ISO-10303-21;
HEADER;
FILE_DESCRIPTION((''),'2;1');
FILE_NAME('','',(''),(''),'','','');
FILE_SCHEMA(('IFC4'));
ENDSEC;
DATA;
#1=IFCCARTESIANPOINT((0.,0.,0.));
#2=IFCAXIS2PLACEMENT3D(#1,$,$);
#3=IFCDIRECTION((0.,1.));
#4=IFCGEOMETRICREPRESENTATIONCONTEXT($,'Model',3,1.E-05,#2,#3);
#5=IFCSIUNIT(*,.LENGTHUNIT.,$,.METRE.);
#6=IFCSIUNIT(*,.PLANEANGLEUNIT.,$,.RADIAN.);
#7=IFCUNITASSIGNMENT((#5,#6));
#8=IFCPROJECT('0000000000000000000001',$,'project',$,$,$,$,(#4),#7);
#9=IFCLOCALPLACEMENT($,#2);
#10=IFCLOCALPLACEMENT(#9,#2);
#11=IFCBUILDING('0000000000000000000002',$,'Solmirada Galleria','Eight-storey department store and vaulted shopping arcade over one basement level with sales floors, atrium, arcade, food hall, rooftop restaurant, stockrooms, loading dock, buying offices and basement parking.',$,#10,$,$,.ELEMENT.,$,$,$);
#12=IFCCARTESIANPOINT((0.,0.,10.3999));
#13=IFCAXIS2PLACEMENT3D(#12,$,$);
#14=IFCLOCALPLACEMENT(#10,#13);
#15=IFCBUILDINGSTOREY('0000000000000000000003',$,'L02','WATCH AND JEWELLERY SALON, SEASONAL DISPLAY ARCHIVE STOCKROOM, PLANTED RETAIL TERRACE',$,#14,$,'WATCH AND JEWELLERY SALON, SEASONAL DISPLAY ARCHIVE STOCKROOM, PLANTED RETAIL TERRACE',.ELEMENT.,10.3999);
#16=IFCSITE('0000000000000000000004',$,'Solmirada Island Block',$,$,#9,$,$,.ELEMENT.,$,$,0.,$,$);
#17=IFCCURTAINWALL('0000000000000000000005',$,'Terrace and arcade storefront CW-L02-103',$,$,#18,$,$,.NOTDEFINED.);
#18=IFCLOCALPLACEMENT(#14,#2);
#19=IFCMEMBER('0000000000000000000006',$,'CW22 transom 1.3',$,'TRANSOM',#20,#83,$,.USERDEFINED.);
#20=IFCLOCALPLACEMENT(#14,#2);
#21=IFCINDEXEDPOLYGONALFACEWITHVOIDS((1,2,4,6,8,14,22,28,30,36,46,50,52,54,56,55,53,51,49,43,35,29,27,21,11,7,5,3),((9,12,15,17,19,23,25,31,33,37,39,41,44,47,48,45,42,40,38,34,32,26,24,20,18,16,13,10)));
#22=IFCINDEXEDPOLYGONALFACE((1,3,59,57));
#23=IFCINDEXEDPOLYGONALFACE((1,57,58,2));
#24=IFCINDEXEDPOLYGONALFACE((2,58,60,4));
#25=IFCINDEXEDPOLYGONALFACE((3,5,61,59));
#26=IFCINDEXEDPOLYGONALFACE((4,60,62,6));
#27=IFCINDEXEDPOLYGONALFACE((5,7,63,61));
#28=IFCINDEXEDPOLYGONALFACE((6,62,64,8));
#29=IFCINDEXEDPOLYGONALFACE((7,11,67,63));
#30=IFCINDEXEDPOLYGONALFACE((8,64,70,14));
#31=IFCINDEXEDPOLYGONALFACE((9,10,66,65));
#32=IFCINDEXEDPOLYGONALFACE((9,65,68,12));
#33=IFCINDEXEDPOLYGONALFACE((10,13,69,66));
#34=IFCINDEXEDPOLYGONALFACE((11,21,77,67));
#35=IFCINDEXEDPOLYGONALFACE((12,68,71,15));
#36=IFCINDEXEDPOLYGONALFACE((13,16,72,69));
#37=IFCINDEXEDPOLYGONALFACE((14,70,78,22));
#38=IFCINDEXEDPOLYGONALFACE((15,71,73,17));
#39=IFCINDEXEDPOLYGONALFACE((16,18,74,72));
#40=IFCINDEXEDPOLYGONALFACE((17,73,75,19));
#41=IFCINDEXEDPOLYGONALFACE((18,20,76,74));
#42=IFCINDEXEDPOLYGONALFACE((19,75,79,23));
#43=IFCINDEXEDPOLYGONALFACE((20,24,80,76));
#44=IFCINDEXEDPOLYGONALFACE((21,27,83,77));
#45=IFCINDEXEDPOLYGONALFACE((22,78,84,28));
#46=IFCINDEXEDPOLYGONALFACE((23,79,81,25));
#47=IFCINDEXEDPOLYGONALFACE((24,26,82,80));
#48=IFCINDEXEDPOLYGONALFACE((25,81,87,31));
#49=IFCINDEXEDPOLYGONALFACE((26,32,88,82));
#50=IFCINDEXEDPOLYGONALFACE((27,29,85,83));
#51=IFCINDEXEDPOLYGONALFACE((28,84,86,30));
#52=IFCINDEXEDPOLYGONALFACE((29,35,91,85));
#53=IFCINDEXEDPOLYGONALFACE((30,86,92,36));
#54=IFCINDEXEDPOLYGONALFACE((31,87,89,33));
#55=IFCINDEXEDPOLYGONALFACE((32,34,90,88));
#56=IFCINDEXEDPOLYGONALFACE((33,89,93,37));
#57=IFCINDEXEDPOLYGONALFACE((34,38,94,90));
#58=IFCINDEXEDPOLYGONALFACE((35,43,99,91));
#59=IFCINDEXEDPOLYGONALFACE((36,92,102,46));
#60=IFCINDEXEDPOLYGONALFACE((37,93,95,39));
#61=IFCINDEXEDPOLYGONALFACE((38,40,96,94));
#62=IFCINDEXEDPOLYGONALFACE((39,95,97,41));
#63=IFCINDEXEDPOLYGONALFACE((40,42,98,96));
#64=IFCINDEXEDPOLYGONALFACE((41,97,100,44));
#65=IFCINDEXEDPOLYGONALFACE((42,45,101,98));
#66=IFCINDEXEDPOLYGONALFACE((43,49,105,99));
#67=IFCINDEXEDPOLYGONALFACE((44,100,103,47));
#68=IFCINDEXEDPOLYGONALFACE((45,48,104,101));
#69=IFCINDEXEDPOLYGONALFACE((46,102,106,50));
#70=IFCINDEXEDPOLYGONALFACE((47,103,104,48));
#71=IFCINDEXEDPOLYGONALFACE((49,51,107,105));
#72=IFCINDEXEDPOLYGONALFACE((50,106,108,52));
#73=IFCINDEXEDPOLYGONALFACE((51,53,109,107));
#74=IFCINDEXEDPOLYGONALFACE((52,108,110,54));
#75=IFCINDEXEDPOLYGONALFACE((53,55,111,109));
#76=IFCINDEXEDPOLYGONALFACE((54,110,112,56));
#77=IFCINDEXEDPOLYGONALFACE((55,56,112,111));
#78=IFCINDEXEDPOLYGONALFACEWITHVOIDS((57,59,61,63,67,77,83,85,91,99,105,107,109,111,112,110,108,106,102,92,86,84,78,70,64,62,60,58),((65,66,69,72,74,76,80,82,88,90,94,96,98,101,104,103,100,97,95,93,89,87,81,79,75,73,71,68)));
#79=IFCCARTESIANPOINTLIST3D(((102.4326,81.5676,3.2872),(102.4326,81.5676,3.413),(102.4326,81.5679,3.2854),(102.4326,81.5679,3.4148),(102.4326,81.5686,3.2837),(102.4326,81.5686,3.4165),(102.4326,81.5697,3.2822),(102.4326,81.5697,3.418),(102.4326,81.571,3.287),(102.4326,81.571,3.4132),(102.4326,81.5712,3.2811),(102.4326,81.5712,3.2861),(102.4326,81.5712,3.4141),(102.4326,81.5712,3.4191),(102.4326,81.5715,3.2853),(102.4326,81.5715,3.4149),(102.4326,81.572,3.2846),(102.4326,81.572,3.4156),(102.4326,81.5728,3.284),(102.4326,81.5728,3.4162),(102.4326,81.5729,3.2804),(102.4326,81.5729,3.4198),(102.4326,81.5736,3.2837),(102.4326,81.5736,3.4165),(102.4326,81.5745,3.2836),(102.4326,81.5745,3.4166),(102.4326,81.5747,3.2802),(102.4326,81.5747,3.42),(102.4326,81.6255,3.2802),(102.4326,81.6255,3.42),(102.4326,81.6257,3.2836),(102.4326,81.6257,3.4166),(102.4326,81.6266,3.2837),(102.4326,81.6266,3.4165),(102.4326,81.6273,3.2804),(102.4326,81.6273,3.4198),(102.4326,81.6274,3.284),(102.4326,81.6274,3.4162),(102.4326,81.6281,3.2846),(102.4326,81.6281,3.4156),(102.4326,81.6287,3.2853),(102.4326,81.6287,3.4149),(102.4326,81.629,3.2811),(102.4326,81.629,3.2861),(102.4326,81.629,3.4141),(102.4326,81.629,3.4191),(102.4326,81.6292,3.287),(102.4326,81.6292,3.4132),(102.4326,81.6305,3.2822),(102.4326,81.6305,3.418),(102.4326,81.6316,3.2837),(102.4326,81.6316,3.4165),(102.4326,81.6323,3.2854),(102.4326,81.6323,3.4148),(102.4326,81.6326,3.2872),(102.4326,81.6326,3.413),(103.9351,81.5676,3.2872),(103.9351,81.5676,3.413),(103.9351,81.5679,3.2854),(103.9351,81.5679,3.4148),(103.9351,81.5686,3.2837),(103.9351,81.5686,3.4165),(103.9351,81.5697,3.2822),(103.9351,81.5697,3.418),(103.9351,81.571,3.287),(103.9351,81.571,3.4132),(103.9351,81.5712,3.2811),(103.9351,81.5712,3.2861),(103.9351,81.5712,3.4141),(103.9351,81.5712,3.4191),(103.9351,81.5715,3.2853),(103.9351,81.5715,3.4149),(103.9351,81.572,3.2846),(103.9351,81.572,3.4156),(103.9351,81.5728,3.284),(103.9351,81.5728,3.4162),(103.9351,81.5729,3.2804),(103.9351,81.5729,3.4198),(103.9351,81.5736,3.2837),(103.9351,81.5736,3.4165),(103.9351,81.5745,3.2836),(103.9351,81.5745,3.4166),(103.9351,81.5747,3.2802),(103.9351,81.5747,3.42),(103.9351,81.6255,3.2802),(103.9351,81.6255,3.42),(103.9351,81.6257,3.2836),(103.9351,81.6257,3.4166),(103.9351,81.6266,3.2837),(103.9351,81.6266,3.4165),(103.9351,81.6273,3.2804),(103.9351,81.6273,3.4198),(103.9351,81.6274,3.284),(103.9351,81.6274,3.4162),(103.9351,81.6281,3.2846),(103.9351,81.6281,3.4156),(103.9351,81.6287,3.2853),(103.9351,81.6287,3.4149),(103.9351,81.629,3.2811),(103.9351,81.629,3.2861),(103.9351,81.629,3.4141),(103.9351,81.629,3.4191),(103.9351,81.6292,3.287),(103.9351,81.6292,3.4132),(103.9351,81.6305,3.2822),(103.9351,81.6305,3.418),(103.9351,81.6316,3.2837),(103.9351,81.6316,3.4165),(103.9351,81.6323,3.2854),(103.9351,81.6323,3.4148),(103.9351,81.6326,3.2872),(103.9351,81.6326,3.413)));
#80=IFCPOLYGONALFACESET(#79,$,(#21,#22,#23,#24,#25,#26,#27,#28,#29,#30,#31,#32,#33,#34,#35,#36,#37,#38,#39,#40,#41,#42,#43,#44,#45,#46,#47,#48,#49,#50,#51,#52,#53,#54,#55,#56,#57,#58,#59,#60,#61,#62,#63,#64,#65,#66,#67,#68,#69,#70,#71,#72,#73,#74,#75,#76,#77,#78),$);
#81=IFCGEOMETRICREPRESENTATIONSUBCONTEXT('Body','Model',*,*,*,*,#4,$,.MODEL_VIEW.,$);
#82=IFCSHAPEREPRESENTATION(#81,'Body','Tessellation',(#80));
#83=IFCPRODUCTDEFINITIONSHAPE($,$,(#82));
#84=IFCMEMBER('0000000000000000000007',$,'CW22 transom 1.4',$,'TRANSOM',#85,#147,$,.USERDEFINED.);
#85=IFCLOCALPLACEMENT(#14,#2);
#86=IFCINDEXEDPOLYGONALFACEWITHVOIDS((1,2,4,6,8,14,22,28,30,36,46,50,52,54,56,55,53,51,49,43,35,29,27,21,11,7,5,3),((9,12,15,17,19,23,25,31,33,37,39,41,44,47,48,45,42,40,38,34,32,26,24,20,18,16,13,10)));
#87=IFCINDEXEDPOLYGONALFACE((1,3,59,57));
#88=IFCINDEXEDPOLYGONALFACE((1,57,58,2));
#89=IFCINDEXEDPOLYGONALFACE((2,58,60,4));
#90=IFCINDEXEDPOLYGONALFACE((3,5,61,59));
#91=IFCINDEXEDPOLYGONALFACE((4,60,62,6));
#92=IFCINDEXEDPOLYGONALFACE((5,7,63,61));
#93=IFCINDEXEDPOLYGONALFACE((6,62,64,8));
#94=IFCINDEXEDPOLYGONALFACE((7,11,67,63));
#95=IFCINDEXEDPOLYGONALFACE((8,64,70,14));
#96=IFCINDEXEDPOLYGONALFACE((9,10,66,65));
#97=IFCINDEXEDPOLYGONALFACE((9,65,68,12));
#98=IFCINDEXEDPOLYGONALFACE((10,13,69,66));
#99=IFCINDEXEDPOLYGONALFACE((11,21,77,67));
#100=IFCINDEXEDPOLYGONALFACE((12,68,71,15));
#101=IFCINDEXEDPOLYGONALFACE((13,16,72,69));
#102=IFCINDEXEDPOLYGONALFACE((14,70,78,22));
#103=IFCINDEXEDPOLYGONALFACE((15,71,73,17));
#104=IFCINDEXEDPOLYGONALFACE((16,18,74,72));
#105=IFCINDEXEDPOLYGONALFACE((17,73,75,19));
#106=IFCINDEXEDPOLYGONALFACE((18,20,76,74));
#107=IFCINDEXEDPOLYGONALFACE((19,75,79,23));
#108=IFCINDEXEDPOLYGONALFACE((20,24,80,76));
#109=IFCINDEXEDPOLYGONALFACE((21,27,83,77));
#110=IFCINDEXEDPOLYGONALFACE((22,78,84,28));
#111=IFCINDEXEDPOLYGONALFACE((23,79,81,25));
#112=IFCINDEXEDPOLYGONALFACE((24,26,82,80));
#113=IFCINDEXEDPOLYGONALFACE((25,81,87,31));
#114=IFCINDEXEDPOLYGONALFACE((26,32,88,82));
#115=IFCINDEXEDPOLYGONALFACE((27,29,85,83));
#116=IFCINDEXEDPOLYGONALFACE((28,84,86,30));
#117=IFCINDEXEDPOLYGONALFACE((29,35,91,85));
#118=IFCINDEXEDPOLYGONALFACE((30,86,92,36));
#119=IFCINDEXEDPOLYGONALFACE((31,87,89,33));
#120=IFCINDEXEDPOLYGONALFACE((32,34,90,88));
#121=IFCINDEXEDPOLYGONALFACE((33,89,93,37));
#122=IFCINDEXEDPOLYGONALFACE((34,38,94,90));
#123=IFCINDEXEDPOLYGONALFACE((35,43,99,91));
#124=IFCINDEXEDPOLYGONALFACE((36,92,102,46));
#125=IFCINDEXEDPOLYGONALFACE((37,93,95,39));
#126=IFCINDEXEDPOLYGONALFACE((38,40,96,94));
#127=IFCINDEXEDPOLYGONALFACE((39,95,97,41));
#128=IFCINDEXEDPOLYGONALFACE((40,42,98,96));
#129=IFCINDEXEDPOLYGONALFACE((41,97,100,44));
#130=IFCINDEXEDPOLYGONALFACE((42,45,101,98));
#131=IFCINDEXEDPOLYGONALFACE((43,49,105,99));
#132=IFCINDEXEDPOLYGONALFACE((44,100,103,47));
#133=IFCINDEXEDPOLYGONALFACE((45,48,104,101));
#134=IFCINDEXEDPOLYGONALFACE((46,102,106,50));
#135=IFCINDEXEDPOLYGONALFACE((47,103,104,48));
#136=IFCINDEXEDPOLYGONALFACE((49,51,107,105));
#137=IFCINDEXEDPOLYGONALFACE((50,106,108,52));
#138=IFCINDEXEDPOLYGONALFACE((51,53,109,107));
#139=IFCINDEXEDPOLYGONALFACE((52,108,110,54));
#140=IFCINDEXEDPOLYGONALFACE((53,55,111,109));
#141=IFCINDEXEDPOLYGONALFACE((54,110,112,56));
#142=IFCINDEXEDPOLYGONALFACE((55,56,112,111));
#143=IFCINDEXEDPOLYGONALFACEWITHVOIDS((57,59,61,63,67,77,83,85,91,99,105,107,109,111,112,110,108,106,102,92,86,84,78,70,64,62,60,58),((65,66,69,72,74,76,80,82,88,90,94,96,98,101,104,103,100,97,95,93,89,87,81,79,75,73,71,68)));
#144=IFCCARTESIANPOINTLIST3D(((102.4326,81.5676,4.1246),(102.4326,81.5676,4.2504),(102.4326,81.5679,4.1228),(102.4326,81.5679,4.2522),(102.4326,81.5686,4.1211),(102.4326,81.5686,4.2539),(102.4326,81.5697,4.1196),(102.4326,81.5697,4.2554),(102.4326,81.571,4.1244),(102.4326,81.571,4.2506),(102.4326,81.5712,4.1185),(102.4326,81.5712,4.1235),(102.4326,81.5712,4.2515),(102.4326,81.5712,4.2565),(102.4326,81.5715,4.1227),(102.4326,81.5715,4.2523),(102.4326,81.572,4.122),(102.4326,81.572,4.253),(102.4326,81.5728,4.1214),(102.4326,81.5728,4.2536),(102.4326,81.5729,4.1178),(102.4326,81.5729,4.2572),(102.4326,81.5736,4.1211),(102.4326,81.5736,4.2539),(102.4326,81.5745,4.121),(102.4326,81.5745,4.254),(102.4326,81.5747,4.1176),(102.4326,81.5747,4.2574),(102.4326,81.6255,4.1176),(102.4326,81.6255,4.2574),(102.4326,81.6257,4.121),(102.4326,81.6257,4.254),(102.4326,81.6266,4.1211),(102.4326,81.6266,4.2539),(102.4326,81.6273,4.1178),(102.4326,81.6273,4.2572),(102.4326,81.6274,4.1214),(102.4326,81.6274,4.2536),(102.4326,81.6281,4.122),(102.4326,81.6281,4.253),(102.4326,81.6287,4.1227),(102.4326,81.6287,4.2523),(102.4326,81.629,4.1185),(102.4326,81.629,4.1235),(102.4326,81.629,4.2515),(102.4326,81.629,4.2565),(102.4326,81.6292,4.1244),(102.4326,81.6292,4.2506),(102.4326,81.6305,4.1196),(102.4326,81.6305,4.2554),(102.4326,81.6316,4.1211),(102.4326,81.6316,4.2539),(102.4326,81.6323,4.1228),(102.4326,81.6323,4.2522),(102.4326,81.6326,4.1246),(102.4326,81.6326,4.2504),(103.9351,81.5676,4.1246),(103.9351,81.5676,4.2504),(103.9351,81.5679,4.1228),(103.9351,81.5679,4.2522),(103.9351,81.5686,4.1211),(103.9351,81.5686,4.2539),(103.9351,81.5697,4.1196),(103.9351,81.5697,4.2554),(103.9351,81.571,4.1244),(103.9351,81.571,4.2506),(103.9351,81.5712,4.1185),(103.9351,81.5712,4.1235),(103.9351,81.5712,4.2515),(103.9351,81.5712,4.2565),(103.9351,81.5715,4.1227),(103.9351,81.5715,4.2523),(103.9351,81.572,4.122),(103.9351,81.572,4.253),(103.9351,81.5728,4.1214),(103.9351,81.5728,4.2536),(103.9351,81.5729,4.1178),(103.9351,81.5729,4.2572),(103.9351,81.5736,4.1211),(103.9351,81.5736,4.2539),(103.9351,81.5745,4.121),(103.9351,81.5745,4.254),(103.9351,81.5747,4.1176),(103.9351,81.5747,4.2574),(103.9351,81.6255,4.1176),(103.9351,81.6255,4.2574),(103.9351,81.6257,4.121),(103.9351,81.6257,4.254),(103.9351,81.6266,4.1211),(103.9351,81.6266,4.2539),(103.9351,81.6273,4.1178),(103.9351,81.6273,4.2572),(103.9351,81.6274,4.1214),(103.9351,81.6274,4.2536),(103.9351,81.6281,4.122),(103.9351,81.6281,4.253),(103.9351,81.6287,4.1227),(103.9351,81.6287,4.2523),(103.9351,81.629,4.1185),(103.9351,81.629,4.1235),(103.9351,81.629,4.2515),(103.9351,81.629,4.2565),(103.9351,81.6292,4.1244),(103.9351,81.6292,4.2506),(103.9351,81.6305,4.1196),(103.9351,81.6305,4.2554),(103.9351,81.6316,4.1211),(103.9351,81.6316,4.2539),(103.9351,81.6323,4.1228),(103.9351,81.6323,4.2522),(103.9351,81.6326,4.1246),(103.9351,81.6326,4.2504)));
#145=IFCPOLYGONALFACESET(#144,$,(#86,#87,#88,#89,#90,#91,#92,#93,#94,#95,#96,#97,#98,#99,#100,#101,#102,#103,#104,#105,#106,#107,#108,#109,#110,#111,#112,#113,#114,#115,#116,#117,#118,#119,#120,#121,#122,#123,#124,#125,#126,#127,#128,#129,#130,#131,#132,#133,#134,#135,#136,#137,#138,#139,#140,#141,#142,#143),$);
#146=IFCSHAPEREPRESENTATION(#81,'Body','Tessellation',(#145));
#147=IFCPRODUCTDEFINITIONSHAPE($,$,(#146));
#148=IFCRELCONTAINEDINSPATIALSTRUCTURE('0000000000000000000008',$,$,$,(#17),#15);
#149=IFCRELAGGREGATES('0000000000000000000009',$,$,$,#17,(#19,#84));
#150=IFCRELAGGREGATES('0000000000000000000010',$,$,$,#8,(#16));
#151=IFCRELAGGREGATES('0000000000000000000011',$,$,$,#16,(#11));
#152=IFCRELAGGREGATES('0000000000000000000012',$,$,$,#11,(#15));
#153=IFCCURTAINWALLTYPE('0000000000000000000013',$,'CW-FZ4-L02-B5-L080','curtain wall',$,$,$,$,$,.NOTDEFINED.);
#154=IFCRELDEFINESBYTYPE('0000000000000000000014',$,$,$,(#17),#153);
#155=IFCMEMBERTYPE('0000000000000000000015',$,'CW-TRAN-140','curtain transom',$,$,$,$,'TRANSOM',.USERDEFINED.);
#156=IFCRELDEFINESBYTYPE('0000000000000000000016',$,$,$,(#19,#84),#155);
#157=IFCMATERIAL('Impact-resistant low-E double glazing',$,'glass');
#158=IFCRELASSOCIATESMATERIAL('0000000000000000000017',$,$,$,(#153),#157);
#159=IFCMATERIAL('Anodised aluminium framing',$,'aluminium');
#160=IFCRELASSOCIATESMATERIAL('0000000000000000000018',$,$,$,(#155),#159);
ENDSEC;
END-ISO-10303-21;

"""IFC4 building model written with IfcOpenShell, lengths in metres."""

from ifc_helpers import new_model, si_unit, direction, frame, origin, origin_2d, place, context, subcontext, project, spatial, hollow_rectangle, extrude, material, material_profile, profile_set, type_object, element, aggregate, save


model = new_model("IFC4")

# Units and contexts
model_context = context("Model", 3, precision=1e-05, world=origin(), true_north=direction((0.0, 1.0)))
body_context = subcontext(model_context, "Body", "Model", "MODEL_VIEW")
ifc_project = project(units=[si_unit("LENGTHUNIT", "METRE"), si_unit("PLANEANGLEUNIT", "RADIAN")], contexts=[model_context])

# Site, building, storey
site_placement = place(None, origin())
site = spatial("IfcSite", under=ifc_project, at=site_placement, Name="Solmirada Island Block", CompositionType="ELEMENT", RefElevation=0.0)
building_placement = place(site_placement, origin())
building = spatial("IfcBuilding", under=site, at=building_placement, Name="Solmirada Galleria", Description="Eight-storey department store and vaulted shopping arcade over one basement level with sales floors, atrium, arcade, food hall, rooftop restaurant, stockrooms, loading dock, buying offices and basement parking.", CompositionType="ELEMENT")
storey_placement = place(building_placement, frame((0.0, 0.0, 10.3999)))
storey = spatial("IfcBuildingStorey", under=building, at=storey_placement, Name="L02", Description="WATCH AND JEWELLERY SALON, SEASONAL DISPLAY ARCHIVE STOCKROOM, PLANTED RETAIL TERRACE", LongName="WATCH AND JEWELLERY SALON, SEASONAL DISPLAY ARCHIVE STOCKROOM, PLANTED RETAIL TERRACE", CompositionType="ELEMENT", Elevation=10.3999)

# Curtain wall, members
ifc_material_1 = material(Name="Impact-resistant low-E double glazing", Category="glass")
curtain_wall_type = type_object("IfcCurtainWallType", Name="CW-FZ4-L02-B5-L080", Description="curtain wall", PredefinedType="NOTDEFINED", material=ifc_material_1)
curtain_wall_placement = place(storey_placement, origin())
curtain_wall = element("IfcCurtainWall", 1, at=curtain_wall_placement, inside=storey, type_object=curtain_wall_type, Name="Terrace and arcade storefront CW-L02-103", PredefinedType="NOTDEFINED")
ifc_material_2 = material(Name="Anodised aluminium framing", Category="aluminium")
ifc_material_profile_1 = material_profile(ifc_material_2, hollow_rectangle(XDim=0.0649, YDim=0.1399, WallThickness=0.0034, InnerFilletRadius=0.0034, OuterFilletRadius=0.0071, at=origin_2d()), Name="ALU-TRAN-140X65")
ifc_profile_set_1 = profile_set([ifc_material_profile_1], Name="Anodised aluminium framing")
member_type_1 = type_object("IfcMemberType", Name="CW-TRAN-140", Description="curtain transom", ElementType="TRANSOM", PredefinedType="USERDEFINED", material=ifc_profile_set_1)
member_1_placement = place(storey_placement, frame((103.9351, 81.6001, 3.3501), z_axis=(-1.0, 0.0, 0.0), x_axis=(0.0, -1.0, 0.0)))
member_1 = element("IfcMember", 2, at=member_1_placement, type_object=member_type_1, Name="CW22 transom 1.3", ObjectType="TRANSOM", PredefinedType="USERDEFINED", context=body_context, shape_type="SweptSolid", body=[
    extrude(hollow_rectangle(XDim=0.0649, YDim=0.1399, WallThickness=0.0034, InnerFilletRadius=0.0034, OuterFilletRadius=0.0071, at=origin_2d()), origin(), (0.0, 0.0, 1.0), 1.5024),
])
member_2_placement = place(storey_placement, frame((103.9351, 81.6001, 4.1875), z_axis=(-1.0, 0.0, 0.0), x_axis=(0.0, -1.0, 0.0)))
member_2 = element("IfcMember", 3, at=member_2_placement, type_object=member_type_1, Name="CW22 transom 1.4", ObjectType="TRANSOM", PredefinedType="USERDEFINED", context=body_context, shape_type="SweptSolid", body=[
    extrude(hollow_rectangle(XDim=0.0649, YDim=0.1399, WallThickness=0.0034, InnerFilletRadius=0.0034, OuterFilletRadius=0.0071, at=origin_2d()), origin(), (0.0, 0.0, 1.0), 1.5024),
])
aggregate(curtain_wall, [member_1, member_2])

save(model, "model.ifc")
